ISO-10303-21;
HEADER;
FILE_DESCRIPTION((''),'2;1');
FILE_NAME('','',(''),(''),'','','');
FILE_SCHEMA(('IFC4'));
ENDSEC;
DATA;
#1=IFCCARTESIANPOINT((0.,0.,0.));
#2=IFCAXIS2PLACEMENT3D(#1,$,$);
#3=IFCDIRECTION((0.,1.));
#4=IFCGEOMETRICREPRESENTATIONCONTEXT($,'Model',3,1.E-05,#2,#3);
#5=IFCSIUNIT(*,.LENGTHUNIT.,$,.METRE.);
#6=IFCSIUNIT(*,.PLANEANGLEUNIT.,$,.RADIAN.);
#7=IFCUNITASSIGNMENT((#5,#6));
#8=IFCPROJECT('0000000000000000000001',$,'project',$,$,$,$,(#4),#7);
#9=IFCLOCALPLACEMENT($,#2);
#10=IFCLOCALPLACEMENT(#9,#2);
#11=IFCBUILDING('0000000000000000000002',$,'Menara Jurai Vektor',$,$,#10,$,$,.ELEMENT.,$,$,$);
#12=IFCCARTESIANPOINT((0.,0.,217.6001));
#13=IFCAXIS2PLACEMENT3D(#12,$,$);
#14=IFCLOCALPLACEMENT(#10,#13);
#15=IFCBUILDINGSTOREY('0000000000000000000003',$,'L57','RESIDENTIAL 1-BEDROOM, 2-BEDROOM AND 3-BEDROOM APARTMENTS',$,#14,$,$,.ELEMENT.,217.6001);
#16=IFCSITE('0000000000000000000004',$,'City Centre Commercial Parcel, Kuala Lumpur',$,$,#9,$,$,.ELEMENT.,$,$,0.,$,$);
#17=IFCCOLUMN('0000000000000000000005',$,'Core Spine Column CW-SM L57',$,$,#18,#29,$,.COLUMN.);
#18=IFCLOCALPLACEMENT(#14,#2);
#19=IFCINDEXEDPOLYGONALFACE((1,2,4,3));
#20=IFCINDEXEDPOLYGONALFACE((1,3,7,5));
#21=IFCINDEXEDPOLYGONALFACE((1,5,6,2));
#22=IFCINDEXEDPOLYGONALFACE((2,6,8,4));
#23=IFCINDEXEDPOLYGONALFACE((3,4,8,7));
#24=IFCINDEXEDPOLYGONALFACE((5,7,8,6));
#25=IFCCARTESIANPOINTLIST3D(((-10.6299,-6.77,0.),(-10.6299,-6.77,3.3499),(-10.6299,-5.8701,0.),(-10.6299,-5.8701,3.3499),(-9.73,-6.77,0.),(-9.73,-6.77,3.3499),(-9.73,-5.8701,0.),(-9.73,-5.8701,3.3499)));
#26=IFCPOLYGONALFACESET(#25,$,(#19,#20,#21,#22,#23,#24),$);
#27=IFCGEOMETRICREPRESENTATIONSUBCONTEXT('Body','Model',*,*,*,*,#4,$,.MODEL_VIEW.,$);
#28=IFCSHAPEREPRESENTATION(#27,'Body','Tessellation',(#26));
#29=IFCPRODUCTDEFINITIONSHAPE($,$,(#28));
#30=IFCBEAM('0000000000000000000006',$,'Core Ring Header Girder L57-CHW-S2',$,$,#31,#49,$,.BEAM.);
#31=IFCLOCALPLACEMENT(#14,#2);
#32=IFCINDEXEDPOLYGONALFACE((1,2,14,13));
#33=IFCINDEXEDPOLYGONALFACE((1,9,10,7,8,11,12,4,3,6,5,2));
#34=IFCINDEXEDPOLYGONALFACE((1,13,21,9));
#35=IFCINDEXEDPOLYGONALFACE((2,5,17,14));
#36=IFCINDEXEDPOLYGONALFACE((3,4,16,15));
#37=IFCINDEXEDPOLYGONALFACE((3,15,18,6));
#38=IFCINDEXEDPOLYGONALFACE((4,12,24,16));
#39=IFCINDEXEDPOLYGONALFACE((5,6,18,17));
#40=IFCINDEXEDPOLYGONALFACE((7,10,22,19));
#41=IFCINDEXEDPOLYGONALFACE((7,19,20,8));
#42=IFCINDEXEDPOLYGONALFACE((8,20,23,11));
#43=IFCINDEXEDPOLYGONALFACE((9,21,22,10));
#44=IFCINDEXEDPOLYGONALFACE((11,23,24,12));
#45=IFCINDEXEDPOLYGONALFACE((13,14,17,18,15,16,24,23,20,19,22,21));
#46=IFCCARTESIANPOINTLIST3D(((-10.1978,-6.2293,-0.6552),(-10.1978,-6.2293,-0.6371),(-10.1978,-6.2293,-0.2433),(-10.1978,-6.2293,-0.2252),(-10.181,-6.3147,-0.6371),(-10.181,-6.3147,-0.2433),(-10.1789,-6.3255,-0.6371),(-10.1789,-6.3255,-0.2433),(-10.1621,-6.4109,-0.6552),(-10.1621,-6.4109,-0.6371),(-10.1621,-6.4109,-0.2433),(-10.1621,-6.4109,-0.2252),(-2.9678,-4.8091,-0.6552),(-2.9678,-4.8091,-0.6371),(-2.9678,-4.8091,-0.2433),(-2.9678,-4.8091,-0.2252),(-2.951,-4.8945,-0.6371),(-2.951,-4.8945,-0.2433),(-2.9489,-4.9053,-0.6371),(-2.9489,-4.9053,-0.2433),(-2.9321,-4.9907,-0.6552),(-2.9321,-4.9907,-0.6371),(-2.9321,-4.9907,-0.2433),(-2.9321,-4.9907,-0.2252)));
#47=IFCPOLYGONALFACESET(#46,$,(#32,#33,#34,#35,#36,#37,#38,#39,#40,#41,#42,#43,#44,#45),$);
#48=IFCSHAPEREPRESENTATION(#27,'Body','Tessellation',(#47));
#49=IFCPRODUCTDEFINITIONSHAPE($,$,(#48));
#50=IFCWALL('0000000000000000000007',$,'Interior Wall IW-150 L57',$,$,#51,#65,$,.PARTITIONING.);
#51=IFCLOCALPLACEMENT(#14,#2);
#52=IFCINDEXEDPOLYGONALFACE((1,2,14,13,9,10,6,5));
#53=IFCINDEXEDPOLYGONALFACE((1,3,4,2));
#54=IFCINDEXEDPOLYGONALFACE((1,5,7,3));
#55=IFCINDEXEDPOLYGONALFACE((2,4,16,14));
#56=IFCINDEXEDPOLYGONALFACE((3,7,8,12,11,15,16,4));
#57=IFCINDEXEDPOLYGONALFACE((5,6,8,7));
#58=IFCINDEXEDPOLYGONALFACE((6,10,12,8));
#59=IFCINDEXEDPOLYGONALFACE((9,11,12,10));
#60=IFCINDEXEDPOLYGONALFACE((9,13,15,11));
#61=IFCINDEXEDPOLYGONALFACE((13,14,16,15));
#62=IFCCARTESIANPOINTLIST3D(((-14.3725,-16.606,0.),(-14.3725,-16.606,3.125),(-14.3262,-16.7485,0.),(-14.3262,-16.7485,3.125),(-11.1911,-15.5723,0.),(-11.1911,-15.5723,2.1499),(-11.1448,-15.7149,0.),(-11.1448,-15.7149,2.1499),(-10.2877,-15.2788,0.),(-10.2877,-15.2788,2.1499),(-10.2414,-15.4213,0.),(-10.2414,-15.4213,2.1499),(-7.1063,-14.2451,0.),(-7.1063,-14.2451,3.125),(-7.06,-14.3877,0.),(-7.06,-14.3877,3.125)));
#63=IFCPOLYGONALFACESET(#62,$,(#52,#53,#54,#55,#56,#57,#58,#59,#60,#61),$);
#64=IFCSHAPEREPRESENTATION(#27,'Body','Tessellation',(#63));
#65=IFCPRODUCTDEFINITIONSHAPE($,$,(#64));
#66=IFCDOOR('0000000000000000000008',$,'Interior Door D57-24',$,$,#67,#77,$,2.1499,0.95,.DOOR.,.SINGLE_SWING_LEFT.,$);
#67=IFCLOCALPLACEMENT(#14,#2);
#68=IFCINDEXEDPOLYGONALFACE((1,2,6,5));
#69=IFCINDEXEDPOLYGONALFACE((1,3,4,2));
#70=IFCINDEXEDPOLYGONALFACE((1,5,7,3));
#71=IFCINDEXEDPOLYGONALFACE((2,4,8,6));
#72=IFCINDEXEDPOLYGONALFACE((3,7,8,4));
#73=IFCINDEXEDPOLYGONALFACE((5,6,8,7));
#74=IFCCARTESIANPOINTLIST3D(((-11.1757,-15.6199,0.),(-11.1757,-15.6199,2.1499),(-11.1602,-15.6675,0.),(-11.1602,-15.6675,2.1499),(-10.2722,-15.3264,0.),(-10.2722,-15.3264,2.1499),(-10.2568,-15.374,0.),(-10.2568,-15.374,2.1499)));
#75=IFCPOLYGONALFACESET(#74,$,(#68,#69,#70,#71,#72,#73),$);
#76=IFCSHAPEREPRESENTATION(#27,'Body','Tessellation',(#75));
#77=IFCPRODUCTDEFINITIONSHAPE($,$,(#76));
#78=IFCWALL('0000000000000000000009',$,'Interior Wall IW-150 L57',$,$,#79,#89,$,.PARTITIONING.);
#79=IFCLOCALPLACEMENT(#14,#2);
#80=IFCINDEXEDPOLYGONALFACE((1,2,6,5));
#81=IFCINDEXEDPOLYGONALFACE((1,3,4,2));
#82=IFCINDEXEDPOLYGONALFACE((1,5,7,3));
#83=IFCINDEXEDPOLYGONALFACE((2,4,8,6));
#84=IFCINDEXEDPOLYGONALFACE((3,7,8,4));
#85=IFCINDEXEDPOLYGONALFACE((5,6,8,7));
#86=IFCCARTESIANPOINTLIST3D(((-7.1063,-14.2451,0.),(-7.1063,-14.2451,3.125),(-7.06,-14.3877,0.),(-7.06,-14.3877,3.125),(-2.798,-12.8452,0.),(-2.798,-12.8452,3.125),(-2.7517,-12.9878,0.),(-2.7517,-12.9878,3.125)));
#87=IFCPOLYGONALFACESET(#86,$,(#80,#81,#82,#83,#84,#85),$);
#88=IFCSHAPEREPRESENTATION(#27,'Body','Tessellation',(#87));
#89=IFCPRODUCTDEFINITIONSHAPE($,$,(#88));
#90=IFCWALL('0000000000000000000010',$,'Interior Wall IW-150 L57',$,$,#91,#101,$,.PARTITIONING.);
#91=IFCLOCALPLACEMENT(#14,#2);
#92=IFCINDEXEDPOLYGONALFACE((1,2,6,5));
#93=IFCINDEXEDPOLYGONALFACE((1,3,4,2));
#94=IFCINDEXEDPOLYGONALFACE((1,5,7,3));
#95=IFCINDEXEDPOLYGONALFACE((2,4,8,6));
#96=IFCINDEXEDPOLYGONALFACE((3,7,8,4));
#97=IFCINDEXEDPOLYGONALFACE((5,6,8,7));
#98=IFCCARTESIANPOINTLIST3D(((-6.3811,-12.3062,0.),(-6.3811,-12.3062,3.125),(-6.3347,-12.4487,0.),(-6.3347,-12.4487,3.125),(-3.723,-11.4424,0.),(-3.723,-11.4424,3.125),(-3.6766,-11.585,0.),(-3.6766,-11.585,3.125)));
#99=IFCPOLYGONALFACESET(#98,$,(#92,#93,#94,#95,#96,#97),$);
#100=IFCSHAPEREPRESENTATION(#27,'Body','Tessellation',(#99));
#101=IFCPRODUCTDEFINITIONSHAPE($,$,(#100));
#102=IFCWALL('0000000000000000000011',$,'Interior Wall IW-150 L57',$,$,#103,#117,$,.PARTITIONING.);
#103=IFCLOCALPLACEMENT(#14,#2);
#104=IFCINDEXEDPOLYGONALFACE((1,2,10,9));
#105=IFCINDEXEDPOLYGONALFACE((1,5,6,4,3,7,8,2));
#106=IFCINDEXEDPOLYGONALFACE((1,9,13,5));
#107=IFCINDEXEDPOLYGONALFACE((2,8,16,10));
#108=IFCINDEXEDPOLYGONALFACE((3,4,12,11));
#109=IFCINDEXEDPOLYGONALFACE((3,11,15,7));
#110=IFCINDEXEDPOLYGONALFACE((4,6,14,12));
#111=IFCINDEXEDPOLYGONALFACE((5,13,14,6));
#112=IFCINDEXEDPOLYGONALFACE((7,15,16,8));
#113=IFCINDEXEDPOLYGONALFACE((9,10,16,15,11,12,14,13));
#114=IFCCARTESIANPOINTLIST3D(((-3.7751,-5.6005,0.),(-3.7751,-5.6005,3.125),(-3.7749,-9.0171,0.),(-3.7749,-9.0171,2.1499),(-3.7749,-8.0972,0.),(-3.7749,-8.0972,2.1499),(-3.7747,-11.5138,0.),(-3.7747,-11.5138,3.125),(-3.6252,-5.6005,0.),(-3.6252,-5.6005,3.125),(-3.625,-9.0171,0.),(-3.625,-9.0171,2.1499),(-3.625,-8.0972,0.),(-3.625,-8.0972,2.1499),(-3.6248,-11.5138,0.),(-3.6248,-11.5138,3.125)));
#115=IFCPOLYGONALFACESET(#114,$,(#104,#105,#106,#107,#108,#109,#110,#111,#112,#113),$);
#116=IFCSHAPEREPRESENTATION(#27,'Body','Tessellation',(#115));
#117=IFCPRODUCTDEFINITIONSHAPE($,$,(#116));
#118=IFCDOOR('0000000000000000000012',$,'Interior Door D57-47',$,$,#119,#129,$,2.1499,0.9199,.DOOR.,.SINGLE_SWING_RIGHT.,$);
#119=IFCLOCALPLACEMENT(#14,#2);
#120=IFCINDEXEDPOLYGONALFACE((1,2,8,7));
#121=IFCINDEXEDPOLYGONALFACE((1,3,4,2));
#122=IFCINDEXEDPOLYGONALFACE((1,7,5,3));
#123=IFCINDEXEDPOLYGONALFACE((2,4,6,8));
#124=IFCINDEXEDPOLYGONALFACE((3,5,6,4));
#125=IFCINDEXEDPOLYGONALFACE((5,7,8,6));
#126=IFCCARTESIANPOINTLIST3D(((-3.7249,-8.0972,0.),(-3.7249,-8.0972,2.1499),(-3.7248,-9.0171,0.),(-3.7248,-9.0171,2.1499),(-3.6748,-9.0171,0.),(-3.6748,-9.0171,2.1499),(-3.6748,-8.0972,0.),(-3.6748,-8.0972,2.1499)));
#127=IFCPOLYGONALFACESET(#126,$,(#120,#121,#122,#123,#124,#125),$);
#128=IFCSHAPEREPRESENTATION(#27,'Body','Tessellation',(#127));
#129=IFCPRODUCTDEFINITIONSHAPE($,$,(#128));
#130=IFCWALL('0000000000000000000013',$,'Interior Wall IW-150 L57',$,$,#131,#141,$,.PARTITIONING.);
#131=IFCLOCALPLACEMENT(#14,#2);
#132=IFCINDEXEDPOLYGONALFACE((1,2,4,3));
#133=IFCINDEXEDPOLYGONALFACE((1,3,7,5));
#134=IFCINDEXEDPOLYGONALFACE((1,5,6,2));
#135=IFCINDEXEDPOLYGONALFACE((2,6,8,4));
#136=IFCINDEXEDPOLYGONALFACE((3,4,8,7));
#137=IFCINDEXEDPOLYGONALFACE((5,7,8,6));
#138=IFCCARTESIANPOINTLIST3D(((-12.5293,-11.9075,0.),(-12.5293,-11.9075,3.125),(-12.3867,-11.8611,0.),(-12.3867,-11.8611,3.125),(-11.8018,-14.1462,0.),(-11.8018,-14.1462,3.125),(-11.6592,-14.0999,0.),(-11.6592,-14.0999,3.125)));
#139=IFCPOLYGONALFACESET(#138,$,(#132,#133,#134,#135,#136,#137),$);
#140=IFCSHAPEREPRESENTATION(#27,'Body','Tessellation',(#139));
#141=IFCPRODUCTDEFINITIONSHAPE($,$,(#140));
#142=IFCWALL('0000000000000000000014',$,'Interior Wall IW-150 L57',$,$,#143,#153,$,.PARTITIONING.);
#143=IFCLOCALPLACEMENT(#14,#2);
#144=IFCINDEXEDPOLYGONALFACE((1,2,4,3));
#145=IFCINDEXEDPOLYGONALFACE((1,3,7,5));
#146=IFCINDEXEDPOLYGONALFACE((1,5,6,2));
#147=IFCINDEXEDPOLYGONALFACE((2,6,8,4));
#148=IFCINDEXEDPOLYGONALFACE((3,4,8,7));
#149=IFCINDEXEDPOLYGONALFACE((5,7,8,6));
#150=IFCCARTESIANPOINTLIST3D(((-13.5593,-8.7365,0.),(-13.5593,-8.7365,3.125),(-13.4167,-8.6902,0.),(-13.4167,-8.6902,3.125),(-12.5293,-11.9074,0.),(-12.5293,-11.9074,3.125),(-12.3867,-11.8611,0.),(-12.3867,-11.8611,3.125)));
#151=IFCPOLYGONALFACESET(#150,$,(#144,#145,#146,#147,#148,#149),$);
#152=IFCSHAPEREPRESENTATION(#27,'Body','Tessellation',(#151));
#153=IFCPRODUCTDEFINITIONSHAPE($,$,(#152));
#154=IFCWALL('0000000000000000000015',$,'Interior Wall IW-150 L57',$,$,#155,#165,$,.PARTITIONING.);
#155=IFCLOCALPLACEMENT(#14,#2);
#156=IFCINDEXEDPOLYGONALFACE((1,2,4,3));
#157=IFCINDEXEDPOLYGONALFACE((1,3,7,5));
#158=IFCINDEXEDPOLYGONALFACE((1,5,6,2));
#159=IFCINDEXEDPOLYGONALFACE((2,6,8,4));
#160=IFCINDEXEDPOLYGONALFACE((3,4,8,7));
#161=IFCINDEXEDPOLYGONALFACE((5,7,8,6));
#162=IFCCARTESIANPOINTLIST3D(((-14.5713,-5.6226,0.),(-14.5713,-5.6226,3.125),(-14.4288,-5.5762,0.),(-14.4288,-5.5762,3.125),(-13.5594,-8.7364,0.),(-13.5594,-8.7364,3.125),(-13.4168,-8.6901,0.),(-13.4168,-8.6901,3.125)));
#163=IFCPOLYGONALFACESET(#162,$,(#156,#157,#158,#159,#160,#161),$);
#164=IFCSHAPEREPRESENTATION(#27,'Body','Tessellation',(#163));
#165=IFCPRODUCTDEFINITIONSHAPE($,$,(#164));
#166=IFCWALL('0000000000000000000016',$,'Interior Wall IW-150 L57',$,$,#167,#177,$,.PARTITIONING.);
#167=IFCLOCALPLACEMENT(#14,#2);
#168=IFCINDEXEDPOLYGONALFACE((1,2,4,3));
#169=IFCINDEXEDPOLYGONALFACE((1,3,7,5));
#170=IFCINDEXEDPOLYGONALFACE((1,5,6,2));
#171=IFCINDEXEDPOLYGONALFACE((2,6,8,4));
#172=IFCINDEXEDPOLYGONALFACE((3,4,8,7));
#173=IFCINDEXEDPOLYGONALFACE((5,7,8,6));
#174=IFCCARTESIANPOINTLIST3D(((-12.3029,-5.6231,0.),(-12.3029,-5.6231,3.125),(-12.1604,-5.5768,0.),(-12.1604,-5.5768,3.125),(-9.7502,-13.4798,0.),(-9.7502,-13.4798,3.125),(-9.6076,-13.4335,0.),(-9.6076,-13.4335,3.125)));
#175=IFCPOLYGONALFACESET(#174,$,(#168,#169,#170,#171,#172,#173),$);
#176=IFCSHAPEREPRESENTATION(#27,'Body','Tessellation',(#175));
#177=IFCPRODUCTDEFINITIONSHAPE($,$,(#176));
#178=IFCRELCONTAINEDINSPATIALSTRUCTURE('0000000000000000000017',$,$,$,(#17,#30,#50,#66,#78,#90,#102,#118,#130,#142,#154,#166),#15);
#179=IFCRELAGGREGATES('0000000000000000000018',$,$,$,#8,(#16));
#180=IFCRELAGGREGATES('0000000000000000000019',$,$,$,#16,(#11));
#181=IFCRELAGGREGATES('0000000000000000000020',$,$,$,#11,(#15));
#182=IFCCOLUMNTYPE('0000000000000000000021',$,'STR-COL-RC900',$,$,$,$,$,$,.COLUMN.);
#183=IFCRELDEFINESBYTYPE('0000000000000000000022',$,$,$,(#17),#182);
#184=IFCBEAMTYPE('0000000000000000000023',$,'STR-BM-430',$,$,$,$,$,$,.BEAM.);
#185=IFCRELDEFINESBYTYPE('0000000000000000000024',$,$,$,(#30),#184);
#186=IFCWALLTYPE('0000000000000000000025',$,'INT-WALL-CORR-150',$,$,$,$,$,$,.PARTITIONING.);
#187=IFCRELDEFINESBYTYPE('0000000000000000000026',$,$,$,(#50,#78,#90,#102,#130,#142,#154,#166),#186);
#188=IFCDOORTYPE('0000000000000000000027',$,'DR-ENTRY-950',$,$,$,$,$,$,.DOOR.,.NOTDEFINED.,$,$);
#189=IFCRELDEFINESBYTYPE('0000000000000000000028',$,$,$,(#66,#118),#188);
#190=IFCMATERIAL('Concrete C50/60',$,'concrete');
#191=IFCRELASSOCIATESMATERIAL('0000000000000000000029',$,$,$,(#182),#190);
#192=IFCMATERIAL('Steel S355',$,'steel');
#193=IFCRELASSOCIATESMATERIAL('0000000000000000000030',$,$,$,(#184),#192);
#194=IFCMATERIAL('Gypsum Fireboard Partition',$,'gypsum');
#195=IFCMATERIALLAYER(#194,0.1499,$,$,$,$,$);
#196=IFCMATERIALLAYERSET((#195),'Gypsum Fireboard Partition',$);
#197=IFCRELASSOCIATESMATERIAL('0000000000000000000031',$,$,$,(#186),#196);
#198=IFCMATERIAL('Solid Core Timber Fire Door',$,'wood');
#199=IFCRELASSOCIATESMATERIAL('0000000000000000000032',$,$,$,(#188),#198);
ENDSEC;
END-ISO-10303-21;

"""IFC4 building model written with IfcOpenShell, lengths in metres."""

from ifc_helpers import new_model, si_unit, direction, frame, frame_2d, origin, origin_2d, place, context, subcontext, project, spatial, rectangle, i_section, extrude, material, layer, layer_set, material_profile, profile_set, type_object, element, fill, save


model = new_model("IFC4")

# Units and contexts
model_context = context("Model", 3, precision=1e-05, world=origin(), true_north=direction((0.0, 1.0)))
body_context = subcontext(model_context, "Body", "Model", "MODEL_VIEW")
ifc_project = project(units=[si_unit("LENGTHUNIT", "METRE"), si_unit("PLANEANGLEUNIT", "RADIAN")], contexts=[model_context])

# Site, building, storey
site_placement = place(None, origin())
site = spatial("IfcSite", under=ifc_project, at=site_placement, Name="City Centre Commercial Parcel, Kuala Lumpur", CompositionType="ELEMENT", RefElevation=0.0)
building_placement = place(site_placement, origin())
building = spatial("IfcBuilding", under=site, at=building_placement, Name="Menara Jurai Vektor", CompositionType="ELEMENT")
storey_placement = place(building_placement, frame((0.0, 0.0, 217.6001)))
storey = spatial("IfcBuildingStorey", under=building, at=storey_placement, Name="L57", Description="RESIDENTIAL 1-BEDROOM, 2-BEDROOM AND 3-BEDROOM APARTMENTS", CompositionType="ELEMENT", Elevation=217.6001)

# Column
ifc_material_1 = material(Name="Concrete C50/60", Category="concrete")
ifc_material_profile_1 = material_profile(ifc_material_1, rectangle(XDim=0.8999, YDim=0.8999, at=origin_2d()), Name="RC 900x900")
ifc_profile_set_1 = profile_set([ifc_material_profile_1], Name="Concrete C50/60")
column_type = type_object("IfcColumnType", Name="STR-COL-RC900", PredefinedType="COLUMN", material=ifc_profile_set_1)
column_placement = place(storey_placement, frame((-10.1799, -6.3201, 0.0), z_axis=(0.0, 0.0, 1.0), x_axis=(1.0, 0.0, 0.0)))
element("IfcColumn", 1, at=column_placement, inside=storey, type_object=column_type, Name="Core Spine Column CW-SM L57", PredefinedType="COLUMN", context=body_context, shape_type="SweptSolid", body=[
    extrude(rectangle(XDim=0.8999, YDim=0.8999, at=origin_2d()), origin(), (0.0, 0.0, 1.0), 3.3499),
])

# Beam
ifc_material_2 = material(Name="Steel S355", Category="steel")
ifc_material_profile_2 = material_profile(ifc_material_2, i_section(OverallWidth=0.1851, OverallDepth=0.4299, WebThickness=0.011, FlangeThickness=0.0181, at=origin_2d()), Name="PG 430x185x76")
ifc_profile_set_2 = profile_set([ifc_material_profile_2], Name="Steel S355")
beam_type = type_object("IfcBeamType", Name="STR-BM-430", PredefinedType="BEAM", material=ifc_profile_set_2)
beam_placement = place(storey_placement, frame((-10.1799, -6.3201, -0.4402), z_axis=(0.981249, 0.192744, 0.0), x_axis=(-0.192744, 0.981249, 0.0)))
element("IfcBeam", 2, at=beam_placement, inside=storey, type_object=beam_type, Name="Core Ring Header Girder L57-CHW-S2", PredefinedType="BEAM", context=body_context, shape_type="SweptSolid", body=[
    extrude(i_section(OverallWidth=0.1851, OverallDepth=0.4299, WebThickness=0.011, FlangeThickness=0.0181, at=origin_2d()), origin(), (0.0, 0.0, 1.0), 7.3682),
])

# Wall, opening, door
ifc_material_3 = material(Name="Gypsum Fireboard Partition", Category="gypsum")
ifc_layer_1 = layer(ifc_material_3, 0.1499)
ifc_layer_set_1 = layer_set([ifc_layer_1], Name="Gypsum Fireboard Partition")
wall_type_1 = type_object("IfcWallType", Name="INT-WALL-CORR-150", PredefinedType="PARTITIONING", material=ifc_layer_set_1)
wall_1_placement = place(storey_placement, frame((-14.3494, -16.6772, 0.0), z_axis=(0.0, 0.0, 1.0), x_axis=(0.951059, 0.309009, 0.0)))
wall_1 = element("IfcWall", 3, at=wall_1_placement, inside=storey, type_object=wall_type_1, Name="Interior Wall IW-150 L57", PredefinedType="PARTITIONING", context=body_context, shape_type="SweptSolid", body=[
    extrude(rectangle(XDim=7.6401, YDim=0.1499, at=frame_2d((3.8201, 0.0))), origin(), (0.0, 0.0, 1.0), 3.125),
])
opening_1_placement = place(wall_1_placement, frame((3.345, 0.0, 0.0)))
opening_1 = element("IfcOpeningElement", 4, at=opening_1_placement, cuts=wall_1, PredefinedType="OPENING", context=body_context, shape_type="SweptSolid", body=[
    extrude(rectangle(XDim=0.95, YDim=2.1499, at=frame_2d((0.4751, 1.075))), frame((0.0, 0.085, 0.0), z_axis=(0.0, -1.0, 0.0), x_axis=(1.0, 0.0, 0.0)), (0.0, 0.0, 1.0), 0.1699),
])
ifc_material_4 = material(Name="Solid Core Timber Fire Door", Category="wood")
door_type = type_object("IfcDoorType", Name="DR-ENTRY-950", OperationType="NOTDEFINED", PredefinedType="DOOR", material=ifc_material_4)
door_1_placement = place(opening_1_placement, origin())
door_1 = element("IfcDoor", 5, at=door_1_placement, inside=storey, type_object=door_type, Name="Interior Door D57-24", OperationType="SINGLE_SWING_LEFT", OverallHeight=2.1499, OverallWidth=0.95, PredefinedType="DOOR", context=body_context, shape_type="SweptSolid", body=[
    extrude(rectangle(XDim=0.95, YDim=2.1499, at=frame_2d((0.4751, 1.075))), frame((0.0, 0.0249, 0.0), z_axis=(0.0, -1.0, 0.0), x_axis=(1.0, 0.0, 0.0)), (0.0, 0.0, 1.0), 0.05),
])
fill(opening_1, door_1)

# Wall
wall_2_placement = place(storey_placement, frame((-7.0833, -14.3164, 0.0), z_axis=(0.0, 0.0, 1.0), x_axis=(0.951054, 0.309024, 0.0)))
element("IfcWall", 6, at=wall_2_placement, inside=storey, type_object=wall_type_1, Name="Interior Wall IW-150 L57", PredefinedType="PARTITIONING", context=body_context, shape_type="SweptSolid", body=[
    extrude(rectangle(XDim=4.53, YDim=0.1499, at=frame_2d((2.2651, 0.0))), origin(), (0.0, 0.0, 1.0), 3.125),
])

# Wall
wall_3_placement = place(storey_placement, frame((-6.3579, -12.3774, 0.0), z_axis=(0.0, 0.0, 1.0), x_axis=(0.951049, 0.309039, 0.0)))
element("IfcWall", 7, at=wall_3_placement, inside=storey, type_object=wall_type_1, Name="Interior Wall IW-150 L57", PredefinedType="PARTITIONING", context=body_context, shape_type="SweptSolid", body=[
    extrude(rectangle(XDim=2.7949, YDim=0.1499, at=frame_2d((1.3975, 0.0))), origin(), (0.0, 0.0, 1.0), 3.125),
])

# Wall, opening, door
wall_4_placement = place(storey_placement, frame((-3.6997, -11.5137, 0.0), z_axis=(0.0, 0.0, 1.0), x_axis=(-0.000083, 1.0, 0.0)))
wall_4 = element("IfcWall", 8, at=wall_4_placement, inside=storey, type_object=wall_type_1, Name="Interior Wall IW-150 L57", PredefinedType="PARTITIONING", context=body_context, shape_type="SweptSolid", body=[
    extrude(rectangle(XDim=5.9133, YDim=0.1499, at=frame_2d((2.9565, 0.0))), origin(), (0.0, 0.0, 1.0), 3.125),
])
opening_2_placement = place(wall_4_placement, frame((2.4966, 0.0, 0.0)))
opening_2 = element("IfcOpeningElement", 9, at=opening_2_placement, cuts=wall_4, PredefinedType="OPENING", context=body_context, shape_type="SweptSolid", body=[
    extrude(rectangle(XDim=0.9199, YDim=2.1499, at=frame_2d((0.46, 1.075))), frame((0.0, 0.085, 0.0), z_axis=(0.0, -1.0, 0.0), x_axis=(1.0, 0.0, 0.0)), (0.0, 0.0, 1.0), 0.1699),
])
door_2_placement = place(opening_2_placement, origin())
door_2 = element("IfcDoor", 10, at=door_2_placement, inside=storey, type_object=door_type, Name="Interior Door D57-47", OperationType="SINGLE_SWING_RIGHT", OverallHeight=2.1499, OverallWidth=0.9199, PredefinedType="DOOR", context=body_context, shape_type="SweptSolid", body=[
    extrude(rectangle(XDim=0.9199, YDim=2.1499, at=frame_2d((0.46, 1.075))), frame((0.0, 0.0249, 0.0), z_axis=(0.0, -1.0, 0.0), x_axis=(1.0, 0.0, 0.0)), (0.0, 0.0, 1.0), 0.05),
])
fill(opening_2, door_2)

# Walls
wall_5_placement = place(storey_placement, frame((-11.7305, -14.123, 0.0), z_axis=(0.0, 0.0, 1.0), x_axis=(-0.309063, 0.951042, 0.0)))
element("IfcWall", 11, at=wall_5_placement, inside=storey, type_object=wall_type_1, Name="Interior Wall IW-150 L57", PredefinedType="PARTITIONING", context=body_context, shape_type="SweptSolid", body=[
    extrude(rectangle(XDim=2.354, YDim=0.1499, at=frame_2d((1.177, 0.0))), origin(), (0.0, 0.0, 1.0), 3.125),
])
wall_6_placement = place(storey_placement, frame((-12.458, -11.8843, 0.0), z_axis=(0.0, 0.0, 1.0), x_axis=(-0.308947, 0.951079, 0.0)))
element("IfcWall", 12, at=wall_6_placement, inside=storey, type_object=wall_type_1, Name="Interior Wall IW-150 L57", PredefinedType="PARTITIONING", context=body_context, shape_type="SweptSolid", body=[
    extrude(rectangle(XDim=3.334, YDim=0.1499, at=frame_2d((1.667, 0.0))), origin(), (0.0, 0.0, 1.0), 3.125),
])
wall_7_placement = place(storey_placement, frame((-13.488, -8.7134, 0.0), z_axis=(0.0, 0.0, 1.0), x_axis=(-0.309083, 0.951035, 0.0)))
element("IfcWall", 13, at=wall_7_placement, inside=storey, type_object=wall_type_1, Name="Interior Wall IW-150 L57", PredefinedType="PARTITIONING", context=body_context, shape_type="SweptSolid", body=[
    extrude(rectangle(XDim=3.2742, YDim=0.1499, at=frame_2d((1.6372, 0.0))), origin(), (0.0, 0.0, 1.0), 3.125),
])
wall_8_placement = place(storey_placement, frame((-9.679, -13.4565, 0.0), z_axis=(0.0, 0.0, 1.0), x_axis=(-0.309011, 0.951059, 0.0)))
element("IfcWall", 14, at=wall_8_placement, inside=storey, type_object=wall_type_1, Name="Interior Wall IW-150 L57", PredefinedType="PARTITIONING", context=body_context, shape_type="SweptSolid", body=[
    extrude(rectangle(XDim=8.261, YDim=0.1499, at=frame_2d((4.1304, 0.0))), origin(), (0.0, 0.0, 1.0), 3.125),
])

save(model, "model.ifc")
